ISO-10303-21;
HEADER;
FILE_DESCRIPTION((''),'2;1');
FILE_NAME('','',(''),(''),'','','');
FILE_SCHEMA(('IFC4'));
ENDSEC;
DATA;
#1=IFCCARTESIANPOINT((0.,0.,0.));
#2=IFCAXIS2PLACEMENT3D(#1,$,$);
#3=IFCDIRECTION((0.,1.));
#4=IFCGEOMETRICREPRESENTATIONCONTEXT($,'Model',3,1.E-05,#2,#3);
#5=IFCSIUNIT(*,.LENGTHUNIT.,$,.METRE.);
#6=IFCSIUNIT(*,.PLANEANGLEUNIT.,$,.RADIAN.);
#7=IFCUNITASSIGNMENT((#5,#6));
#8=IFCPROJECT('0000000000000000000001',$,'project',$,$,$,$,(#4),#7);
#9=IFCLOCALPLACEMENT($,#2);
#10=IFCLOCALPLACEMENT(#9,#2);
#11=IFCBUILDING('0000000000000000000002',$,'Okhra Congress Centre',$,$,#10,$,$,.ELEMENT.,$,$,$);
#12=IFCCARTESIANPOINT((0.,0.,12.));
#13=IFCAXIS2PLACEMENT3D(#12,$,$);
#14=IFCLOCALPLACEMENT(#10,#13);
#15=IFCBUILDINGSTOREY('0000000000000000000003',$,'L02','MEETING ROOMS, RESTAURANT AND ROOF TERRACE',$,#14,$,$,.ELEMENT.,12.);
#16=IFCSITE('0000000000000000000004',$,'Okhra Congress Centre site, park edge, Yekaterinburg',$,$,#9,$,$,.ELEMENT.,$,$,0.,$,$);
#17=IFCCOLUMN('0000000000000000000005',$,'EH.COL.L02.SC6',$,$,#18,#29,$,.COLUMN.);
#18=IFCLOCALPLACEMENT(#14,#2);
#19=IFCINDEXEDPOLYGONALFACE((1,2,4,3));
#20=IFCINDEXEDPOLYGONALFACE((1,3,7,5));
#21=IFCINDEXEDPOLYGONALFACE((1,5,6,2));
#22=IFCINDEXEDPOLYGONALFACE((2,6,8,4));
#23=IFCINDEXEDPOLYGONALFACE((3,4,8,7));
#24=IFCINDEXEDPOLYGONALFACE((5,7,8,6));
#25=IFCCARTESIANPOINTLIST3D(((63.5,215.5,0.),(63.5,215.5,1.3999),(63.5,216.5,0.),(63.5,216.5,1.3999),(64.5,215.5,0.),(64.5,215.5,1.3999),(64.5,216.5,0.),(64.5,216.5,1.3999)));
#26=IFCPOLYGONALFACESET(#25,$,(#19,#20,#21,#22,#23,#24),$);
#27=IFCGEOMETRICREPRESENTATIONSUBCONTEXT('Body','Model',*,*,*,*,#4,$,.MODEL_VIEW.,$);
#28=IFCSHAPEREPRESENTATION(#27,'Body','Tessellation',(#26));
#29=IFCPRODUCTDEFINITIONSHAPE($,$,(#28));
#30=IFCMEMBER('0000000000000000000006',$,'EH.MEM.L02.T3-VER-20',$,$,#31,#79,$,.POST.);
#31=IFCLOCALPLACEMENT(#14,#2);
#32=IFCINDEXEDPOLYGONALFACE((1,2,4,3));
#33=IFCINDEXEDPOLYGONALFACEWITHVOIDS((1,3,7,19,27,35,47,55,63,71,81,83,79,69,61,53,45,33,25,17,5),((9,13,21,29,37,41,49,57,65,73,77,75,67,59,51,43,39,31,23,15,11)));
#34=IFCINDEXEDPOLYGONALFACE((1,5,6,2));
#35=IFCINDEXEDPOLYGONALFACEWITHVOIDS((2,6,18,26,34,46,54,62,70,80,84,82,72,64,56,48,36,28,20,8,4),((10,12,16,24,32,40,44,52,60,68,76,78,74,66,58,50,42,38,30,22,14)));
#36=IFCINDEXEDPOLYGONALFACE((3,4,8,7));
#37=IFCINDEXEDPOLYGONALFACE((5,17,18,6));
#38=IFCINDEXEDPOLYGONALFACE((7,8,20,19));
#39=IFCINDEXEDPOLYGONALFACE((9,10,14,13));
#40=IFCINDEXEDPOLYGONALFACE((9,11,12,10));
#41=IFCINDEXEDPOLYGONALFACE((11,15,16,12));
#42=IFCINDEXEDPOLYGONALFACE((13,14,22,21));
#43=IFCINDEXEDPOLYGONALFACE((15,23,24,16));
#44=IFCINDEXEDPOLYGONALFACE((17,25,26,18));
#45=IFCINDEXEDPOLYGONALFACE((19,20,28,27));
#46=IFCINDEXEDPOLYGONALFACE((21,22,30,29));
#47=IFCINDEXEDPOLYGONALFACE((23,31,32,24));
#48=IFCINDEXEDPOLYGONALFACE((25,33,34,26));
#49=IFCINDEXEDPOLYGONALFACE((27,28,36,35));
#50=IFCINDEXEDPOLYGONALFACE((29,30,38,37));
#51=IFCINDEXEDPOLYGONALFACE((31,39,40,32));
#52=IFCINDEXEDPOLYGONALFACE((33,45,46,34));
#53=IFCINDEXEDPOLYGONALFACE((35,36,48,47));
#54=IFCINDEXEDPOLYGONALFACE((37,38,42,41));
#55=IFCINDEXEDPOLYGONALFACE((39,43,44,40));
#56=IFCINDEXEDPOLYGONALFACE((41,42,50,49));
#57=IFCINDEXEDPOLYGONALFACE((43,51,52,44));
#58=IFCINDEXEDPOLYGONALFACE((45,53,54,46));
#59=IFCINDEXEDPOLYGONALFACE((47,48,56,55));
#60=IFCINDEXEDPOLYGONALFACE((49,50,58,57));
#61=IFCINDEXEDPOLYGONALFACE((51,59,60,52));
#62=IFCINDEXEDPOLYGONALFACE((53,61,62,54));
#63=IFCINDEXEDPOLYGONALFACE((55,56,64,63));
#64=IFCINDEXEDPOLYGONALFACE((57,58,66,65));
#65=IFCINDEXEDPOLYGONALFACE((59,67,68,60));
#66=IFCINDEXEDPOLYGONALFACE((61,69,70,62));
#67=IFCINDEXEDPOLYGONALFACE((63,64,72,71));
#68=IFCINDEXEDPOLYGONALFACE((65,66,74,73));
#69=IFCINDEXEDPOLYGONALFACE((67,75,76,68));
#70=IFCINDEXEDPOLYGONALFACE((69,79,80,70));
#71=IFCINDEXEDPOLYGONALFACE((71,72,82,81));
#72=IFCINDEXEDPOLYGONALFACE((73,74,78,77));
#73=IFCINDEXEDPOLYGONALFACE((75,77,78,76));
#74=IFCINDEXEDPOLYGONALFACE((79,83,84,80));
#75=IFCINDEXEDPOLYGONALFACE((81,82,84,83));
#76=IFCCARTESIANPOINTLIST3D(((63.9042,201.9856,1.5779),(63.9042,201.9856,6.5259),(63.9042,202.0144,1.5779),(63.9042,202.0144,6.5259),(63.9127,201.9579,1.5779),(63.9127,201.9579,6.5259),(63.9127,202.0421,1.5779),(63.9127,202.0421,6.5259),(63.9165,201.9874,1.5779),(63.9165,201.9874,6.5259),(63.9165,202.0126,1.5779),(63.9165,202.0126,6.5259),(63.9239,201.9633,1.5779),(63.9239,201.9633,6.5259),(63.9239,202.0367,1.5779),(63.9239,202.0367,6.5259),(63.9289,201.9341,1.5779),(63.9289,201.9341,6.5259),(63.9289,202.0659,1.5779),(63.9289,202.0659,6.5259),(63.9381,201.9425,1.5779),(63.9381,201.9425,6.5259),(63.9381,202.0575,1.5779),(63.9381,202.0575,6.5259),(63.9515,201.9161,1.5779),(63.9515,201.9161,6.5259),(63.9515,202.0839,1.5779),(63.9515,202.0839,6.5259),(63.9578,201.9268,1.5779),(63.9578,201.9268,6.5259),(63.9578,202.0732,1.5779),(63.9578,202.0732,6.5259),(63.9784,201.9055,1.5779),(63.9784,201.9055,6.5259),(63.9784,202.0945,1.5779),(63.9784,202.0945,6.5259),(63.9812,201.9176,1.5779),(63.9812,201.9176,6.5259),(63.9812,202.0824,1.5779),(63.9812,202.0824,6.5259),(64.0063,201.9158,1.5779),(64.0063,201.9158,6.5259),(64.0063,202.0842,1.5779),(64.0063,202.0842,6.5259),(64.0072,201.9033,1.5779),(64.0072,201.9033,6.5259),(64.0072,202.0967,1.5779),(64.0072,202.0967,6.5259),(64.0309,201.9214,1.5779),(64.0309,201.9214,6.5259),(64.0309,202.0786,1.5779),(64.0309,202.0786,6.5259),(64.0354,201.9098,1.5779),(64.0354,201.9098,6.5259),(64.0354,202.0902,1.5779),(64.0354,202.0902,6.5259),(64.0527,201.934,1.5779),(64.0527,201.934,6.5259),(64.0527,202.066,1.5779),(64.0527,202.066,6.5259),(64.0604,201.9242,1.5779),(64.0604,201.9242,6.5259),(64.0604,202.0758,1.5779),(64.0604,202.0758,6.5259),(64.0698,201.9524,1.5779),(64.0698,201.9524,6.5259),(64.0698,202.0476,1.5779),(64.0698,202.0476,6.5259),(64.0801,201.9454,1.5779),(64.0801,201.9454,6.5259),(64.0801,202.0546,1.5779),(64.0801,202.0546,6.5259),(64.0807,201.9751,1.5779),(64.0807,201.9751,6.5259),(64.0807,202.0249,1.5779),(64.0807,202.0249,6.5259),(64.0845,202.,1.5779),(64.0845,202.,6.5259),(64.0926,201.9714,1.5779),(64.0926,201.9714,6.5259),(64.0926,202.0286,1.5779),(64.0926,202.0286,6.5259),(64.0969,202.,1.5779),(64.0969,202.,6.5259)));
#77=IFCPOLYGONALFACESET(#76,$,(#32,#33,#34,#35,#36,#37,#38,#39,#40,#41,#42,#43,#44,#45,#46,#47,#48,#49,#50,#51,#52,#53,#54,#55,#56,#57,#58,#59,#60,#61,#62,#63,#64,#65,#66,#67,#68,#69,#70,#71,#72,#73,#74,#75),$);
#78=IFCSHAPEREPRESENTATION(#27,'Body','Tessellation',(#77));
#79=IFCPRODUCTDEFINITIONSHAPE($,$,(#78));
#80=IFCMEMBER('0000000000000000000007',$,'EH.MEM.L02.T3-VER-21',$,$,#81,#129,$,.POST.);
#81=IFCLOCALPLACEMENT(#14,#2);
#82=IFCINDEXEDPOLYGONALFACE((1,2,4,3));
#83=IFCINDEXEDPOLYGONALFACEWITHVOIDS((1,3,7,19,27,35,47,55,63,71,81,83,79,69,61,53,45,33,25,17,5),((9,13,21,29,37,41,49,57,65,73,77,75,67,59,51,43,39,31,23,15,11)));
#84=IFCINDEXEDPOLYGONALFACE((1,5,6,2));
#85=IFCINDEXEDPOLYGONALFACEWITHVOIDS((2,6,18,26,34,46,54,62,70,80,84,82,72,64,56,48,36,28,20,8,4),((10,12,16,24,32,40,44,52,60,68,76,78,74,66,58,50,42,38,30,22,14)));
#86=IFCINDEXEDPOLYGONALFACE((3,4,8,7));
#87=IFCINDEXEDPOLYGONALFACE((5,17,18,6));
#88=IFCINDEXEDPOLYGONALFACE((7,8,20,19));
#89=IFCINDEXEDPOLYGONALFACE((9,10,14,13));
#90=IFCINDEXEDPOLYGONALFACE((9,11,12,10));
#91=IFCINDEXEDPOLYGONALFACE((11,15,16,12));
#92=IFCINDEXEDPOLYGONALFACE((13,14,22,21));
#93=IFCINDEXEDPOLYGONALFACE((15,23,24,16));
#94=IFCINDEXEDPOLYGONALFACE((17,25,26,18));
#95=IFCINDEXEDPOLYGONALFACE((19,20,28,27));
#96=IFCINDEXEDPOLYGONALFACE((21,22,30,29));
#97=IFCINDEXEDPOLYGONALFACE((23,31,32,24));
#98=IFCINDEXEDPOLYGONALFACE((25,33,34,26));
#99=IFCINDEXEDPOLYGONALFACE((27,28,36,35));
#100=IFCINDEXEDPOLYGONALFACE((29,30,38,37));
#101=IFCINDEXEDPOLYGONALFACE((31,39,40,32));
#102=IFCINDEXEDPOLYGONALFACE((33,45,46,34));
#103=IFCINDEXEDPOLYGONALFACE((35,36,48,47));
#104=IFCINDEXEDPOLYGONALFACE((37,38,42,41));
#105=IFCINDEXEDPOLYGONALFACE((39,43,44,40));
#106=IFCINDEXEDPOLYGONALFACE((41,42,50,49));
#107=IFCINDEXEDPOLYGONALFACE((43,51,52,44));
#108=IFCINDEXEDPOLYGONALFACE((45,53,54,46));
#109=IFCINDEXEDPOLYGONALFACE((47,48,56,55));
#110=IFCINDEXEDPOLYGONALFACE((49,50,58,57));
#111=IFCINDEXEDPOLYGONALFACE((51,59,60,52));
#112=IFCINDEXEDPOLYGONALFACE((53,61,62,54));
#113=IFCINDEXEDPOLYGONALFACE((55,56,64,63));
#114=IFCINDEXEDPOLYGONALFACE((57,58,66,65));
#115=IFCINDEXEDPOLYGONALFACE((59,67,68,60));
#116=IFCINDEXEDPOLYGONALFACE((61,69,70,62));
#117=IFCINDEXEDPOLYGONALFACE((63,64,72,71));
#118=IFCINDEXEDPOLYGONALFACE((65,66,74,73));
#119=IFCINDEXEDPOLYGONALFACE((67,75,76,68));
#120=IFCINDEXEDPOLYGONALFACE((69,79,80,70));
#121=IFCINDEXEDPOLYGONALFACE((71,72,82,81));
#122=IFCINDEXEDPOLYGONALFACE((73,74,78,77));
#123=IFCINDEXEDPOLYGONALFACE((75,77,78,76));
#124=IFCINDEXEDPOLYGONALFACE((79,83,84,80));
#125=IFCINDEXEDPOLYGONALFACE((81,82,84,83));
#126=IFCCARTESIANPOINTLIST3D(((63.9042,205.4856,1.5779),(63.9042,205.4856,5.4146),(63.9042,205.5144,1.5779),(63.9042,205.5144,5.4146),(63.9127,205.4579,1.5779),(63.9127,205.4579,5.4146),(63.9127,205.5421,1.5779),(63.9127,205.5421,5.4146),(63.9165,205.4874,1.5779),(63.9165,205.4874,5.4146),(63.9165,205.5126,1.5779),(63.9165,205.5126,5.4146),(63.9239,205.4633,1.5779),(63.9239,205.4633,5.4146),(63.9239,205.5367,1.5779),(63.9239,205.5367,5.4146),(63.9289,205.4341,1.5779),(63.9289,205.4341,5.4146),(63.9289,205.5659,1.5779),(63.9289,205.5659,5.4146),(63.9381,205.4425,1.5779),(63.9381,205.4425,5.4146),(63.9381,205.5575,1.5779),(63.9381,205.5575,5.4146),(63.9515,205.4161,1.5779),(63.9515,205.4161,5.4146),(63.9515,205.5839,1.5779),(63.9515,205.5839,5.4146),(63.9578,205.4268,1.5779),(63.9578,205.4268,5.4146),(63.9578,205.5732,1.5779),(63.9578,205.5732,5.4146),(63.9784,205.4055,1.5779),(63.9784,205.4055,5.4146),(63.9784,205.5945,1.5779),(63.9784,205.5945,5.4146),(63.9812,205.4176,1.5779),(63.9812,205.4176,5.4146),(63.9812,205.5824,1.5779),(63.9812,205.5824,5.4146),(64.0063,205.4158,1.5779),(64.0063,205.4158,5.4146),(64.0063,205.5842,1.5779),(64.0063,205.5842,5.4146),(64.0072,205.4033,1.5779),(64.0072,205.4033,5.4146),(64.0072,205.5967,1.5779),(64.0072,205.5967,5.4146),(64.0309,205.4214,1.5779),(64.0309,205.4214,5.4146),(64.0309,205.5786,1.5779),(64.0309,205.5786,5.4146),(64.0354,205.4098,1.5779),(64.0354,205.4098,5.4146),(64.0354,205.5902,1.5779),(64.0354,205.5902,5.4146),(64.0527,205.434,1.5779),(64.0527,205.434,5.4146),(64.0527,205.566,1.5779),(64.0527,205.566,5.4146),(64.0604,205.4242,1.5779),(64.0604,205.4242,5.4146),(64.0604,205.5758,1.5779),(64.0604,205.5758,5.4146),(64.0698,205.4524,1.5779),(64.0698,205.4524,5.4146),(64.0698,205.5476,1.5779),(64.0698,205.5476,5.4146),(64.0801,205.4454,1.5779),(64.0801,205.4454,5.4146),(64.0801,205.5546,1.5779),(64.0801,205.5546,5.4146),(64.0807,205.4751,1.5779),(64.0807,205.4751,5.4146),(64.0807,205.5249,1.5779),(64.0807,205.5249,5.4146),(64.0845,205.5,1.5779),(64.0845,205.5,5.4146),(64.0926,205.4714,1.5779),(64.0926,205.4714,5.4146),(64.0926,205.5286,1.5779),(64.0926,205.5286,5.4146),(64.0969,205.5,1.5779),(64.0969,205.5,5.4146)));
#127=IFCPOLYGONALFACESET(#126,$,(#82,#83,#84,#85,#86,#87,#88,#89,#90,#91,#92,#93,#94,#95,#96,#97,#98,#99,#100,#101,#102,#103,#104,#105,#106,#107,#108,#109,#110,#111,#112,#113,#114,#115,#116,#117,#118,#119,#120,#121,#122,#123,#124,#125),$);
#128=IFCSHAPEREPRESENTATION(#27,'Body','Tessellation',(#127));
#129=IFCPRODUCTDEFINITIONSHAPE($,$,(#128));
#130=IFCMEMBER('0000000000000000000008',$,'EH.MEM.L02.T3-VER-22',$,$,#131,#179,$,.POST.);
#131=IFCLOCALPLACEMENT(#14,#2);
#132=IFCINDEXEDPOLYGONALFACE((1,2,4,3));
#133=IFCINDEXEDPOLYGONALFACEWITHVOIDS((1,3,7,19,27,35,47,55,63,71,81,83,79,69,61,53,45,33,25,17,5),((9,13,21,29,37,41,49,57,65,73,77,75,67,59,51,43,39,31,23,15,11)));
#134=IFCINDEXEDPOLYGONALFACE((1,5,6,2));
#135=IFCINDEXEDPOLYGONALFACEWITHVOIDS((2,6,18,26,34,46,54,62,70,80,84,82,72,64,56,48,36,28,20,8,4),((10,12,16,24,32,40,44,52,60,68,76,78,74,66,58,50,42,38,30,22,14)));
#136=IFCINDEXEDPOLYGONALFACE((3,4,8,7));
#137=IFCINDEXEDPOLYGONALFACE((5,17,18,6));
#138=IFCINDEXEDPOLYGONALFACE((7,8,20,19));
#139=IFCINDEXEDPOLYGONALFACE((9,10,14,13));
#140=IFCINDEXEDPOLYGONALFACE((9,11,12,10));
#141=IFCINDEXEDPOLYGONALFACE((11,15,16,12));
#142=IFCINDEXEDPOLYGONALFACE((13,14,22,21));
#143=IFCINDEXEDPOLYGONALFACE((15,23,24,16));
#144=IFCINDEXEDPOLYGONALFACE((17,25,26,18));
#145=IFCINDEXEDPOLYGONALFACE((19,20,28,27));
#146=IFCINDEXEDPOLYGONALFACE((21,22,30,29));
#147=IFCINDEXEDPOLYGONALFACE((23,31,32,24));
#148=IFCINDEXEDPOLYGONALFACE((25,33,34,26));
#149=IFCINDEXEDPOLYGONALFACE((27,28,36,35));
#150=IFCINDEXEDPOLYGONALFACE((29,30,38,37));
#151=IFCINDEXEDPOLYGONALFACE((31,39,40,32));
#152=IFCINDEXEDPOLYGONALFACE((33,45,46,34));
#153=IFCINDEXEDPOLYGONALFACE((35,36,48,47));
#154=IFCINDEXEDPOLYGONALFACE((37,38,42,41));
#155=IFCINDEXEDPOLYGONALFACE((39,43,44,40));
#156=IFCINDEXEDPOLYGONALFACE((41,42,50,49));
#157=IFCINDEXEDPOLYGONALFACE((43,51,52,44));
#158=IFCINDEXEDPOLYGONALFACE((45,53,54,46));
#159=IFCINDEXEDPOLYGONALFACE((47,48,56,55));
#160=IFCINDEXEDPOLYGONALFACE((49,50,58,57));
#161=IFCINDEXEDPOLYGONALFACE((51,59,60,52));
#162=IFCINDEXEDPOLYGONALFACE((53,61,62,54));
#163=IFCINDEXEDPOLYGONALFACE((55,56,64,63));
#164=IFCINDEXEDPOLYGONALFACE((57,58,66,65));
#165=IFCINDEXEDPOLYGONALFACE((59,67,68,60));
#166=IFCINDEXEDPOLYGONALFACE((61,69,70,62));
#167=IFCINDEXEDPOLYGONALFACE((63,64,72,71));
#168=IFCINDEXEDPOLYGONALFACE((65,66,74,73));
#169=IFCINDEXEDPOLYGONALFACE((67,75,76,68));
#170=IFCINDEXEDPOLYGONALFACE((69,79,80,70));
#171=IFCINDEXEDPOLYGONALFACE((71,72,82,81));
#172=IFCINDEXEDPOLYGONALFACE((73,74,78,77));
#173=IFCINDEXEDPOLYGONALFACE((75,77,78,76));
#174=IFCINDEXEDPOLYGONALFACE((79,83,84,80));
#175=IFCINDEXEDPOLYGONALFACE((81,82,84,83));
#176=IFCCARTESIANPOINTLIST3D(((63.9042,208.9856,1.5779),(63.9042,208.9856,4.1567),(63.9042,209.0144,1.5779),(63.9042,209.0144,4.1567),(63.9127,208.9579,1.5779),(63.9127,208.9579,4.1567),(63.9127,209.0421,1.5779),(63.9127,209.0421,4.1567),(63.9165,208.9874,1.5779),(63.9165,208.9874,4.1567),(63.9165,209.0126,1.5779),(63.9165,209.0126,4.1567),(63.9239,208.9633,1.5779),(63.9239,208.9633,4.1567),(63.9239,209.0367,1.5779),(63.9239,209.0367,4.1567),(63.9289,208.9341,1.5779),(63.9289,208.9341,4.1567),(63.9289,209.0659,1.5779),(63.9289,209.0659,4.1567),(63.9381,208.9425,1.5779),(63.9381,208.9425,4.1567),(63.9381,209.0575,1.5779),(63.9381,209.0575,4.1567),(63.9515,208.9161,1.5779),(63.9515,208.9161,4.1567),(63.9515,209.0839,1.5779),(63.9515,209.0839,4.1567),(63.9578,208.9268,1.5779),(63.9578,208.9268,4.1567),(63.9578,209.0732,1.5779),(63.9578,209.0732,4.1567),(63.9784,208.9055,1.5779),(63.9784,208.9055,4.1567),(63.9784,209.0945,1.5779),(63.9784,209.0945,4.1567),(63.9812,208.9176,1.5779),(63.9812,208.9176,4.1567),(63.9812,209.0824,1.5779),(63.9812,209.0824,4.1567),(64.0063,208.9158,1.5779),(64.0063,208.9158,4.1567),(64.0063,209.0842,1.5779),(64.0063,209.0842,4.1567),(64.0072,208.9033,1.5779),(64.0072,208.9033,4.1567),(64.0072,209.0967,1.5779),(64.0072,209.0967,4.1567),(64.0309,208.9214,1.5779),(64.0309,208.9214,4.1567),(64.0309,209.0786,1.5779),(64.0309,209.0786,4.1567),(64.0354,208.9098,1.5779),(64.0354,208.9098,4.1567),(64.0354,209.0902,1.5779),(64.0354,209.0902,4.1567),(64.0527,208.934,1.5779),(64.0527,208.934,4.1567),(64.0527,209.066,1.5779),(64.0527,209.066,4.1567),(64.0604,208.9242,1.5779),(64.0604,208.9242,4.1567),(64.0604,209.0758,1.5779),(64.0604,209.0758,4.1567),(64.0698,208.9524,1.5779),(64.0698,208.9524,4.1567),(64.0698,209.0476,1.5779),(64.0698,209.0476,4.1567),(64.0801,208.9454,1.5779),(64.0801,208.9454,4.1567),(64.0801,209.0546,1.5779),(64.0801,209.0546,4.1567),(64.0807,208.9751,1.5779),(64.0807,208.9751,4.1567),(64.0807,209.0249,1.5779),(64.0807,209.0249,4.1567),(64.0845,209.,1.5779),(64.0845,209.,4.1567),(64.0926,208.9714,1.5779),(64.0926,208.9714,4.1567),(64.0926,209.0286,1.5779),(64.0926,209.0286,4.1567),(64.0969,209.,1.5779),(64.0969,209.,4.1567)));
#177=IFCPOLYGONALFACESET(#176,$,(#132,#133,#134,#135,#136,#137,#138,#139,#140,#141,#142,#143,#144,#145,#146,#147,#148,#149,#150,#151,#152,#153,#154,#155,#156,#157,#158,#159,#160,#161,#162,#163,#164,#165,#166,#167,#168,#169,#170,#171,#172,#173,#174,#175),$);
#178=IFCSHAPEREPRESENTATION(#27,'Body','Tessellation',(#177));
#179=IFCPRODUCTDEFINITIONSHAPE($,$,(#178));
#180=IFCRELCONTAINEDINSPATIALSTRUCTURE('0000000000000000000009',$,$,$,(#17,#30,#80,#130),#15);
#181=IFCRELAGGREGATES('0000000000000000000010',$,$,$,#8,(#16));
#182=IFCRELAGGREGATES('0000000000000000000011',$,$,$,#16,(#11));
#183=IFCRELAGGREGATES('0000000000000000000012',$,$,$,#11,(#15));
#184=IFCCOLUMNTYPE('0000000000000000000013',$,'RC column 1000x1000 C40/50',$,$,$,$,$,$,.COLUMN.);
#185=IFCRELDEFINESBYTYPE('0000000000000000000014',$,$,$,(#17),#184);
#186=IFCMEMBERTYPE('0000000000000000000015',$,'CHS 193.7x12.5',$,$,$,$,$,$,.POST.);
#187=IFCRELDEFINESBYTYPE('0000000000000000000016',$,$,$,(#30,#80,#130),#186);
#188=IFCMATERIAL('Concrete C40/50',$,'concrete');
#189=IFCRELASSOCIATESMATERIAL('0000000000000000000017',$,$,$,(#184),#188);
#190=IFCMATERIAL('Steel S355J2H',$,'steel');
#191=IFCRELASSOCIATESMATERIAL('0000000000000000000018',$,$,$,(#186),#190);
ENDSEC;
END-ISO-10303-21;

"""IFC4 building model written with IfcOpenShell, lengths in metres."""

from ifc_helpers import new_model, si_unit, direction, frame, origin, origin_2d, place, context, subcontext, project, spatial, rectangle, hollow_circle, extrude, material, material_profile, profile_set, type_object, element, save


model = new_model("IFC4")

# Units and contexts
model_context = context("Model", 3, precision=1e-05, world=origin(), true_north=direction((0.0, 1.0)))
body_context = subcontext(model_context, "Body", "Model", "MODEL_VIEW")
ifc_project = project(units=[si_unit("LENGTHUNIT", "METRE"), si_unit("PLANEANGLEUNIT", "RADIAN")], contexts=[model_context])

# Site, building, storey
site_placement = place(None, origin())
site = spatial("IfcSite", under=ifc_project, at=site_placement, Name="Okhra Congress Centre site, park edge, Yekaterinburg", CompositionType="ELEMENT", RefElevation=0.0)
building_placement = place(site_placement, origin())
building = spatial("IfcBuilding", under=site, at=building_placement, Name="Okhra Congress Centre", CompositionType="ELEMENT")
storey_placement = place(building_placement, frame((0.0, 0.0, 12.0)))
storey = spatial("IfcBuildingStorey", under=building, at=storey_placement, Name="L02", Description="MEETING ROOMS, RESTAURANT AND ROOF TERRACE", CompositionType="ELEMENT", Elevation=12.0)

# Column
ifc_material_1 = material(Name="Concrete C40/50", Category="concrete")
ifc_material_profile_1 = material_profile(ifc_material_1, rectangle(XDim=1.0, YDim=1.0, at=origin_2d()), Name="RC 1000x1000")
ifc_profile_set_1 = profile_set([ifc_material_profile_1], Name="Concrete C40/50")
column_type = type_object("IfcColumnType", Name="RC column 1000x1000 C40/50", PredefinedType="COLUMN", material=ifc_profile_set_1)
column_placement = place(storey_placement, frame((64.0, 216.0, 0.0), z_axis=(0.0, 0.0, 1.0), x_axis=(1.0, 0.0, 0.0)))
element("IfcColumn", 1, at=column_placement, inside=storey, type_object=column_type, Name="EH.COL.L02.SC6", PredefinedType="COLUMN", context=body_context, shape_type="SweptSolid", body=[
    extrude(rectangle(XDim=1.0, YDim=1.0, at=origin_2d()), origin(), (0.0, 0.0, 1.0), 1.3999),
])

# Members
ifc_material_2 = material(Name="Steel S355J2H", Category="steel")
ifc_material_profile_2 = material_profile(ifc_material_2, hollow_circle(Radius=0.0969, WallThickness=0.0125, at=origin_2d()), Name="CHS 193.7x12.5")
ifc_profile_set_2 = profile_set([ifc_material_profile_2], Name="Steel S355J2H")
member_type_1 = type_object("IfcMemberType", Name="CHS 193.7x12.5", PredefinedType="POST", material=ifc_profile_set_2)
member_1_placement = place(storey_placement, frame((64.0, 202.0, 1.5779), z_axis=(0.0, 0.0, 1.0), x_axis=(1.0, 0.0, 0.0)))
element("IfcMember", 2, at=member_1_placement, inside=storey, type_object=member_type_1, Name="EH.MEM.L02.T3-VER-20", PredefinedType="POST", context=body_context, shape_type="SweptSolid", body=[
    extrude(hollow_circle(Radius=0.0969, WallThickness=0.0125, at=origin_2d()), origin(), (0.0, 0.0, 1.0), 4.948),
])
member_2_placement = place(storey_placement, frame((64.0, 205.5, 1.5779), z_axis=(0.0, 0.0, 1.0), x_axis=(1.0, 0.0, 0.0)))
element("IfcMember", 3, at=member_2_placement, inside=storey, type_object=member_type_1, Name="EH.MEM.L02.T3-VER-21", PredefinedType="POST", context=body_context, shape_type="SweptSolid", body=[
    extrude(hollow_circle(Radius=0.0969, WallThickness=0.0125, at=origin_2d()), origin(), (0.0, 0.0, 1.0), 3.8367),
])
member_3_placement = place(storey_placement, frame((64.0, 209.0, 1.5779), z_axis=(0.0, 0.0, 1.0), x_axis=(1.0, 0.0, 0.0)))
element("IfcMember", 4, at=member_3_placement, inside=storey, type_object=member_type_1, Name="EH.MEM.L02.T3-VER-22", PredefinedType="POST", context=body_context, shape_type="SweptSolid", body=[
    extrude(hollow_circle(Radius=0.0969, WallThickness=0.0125, at=origin_2d()), origin(), (0.0, 0.0, 1.0), 2.5789),
])

save(model, "model.ifc")
